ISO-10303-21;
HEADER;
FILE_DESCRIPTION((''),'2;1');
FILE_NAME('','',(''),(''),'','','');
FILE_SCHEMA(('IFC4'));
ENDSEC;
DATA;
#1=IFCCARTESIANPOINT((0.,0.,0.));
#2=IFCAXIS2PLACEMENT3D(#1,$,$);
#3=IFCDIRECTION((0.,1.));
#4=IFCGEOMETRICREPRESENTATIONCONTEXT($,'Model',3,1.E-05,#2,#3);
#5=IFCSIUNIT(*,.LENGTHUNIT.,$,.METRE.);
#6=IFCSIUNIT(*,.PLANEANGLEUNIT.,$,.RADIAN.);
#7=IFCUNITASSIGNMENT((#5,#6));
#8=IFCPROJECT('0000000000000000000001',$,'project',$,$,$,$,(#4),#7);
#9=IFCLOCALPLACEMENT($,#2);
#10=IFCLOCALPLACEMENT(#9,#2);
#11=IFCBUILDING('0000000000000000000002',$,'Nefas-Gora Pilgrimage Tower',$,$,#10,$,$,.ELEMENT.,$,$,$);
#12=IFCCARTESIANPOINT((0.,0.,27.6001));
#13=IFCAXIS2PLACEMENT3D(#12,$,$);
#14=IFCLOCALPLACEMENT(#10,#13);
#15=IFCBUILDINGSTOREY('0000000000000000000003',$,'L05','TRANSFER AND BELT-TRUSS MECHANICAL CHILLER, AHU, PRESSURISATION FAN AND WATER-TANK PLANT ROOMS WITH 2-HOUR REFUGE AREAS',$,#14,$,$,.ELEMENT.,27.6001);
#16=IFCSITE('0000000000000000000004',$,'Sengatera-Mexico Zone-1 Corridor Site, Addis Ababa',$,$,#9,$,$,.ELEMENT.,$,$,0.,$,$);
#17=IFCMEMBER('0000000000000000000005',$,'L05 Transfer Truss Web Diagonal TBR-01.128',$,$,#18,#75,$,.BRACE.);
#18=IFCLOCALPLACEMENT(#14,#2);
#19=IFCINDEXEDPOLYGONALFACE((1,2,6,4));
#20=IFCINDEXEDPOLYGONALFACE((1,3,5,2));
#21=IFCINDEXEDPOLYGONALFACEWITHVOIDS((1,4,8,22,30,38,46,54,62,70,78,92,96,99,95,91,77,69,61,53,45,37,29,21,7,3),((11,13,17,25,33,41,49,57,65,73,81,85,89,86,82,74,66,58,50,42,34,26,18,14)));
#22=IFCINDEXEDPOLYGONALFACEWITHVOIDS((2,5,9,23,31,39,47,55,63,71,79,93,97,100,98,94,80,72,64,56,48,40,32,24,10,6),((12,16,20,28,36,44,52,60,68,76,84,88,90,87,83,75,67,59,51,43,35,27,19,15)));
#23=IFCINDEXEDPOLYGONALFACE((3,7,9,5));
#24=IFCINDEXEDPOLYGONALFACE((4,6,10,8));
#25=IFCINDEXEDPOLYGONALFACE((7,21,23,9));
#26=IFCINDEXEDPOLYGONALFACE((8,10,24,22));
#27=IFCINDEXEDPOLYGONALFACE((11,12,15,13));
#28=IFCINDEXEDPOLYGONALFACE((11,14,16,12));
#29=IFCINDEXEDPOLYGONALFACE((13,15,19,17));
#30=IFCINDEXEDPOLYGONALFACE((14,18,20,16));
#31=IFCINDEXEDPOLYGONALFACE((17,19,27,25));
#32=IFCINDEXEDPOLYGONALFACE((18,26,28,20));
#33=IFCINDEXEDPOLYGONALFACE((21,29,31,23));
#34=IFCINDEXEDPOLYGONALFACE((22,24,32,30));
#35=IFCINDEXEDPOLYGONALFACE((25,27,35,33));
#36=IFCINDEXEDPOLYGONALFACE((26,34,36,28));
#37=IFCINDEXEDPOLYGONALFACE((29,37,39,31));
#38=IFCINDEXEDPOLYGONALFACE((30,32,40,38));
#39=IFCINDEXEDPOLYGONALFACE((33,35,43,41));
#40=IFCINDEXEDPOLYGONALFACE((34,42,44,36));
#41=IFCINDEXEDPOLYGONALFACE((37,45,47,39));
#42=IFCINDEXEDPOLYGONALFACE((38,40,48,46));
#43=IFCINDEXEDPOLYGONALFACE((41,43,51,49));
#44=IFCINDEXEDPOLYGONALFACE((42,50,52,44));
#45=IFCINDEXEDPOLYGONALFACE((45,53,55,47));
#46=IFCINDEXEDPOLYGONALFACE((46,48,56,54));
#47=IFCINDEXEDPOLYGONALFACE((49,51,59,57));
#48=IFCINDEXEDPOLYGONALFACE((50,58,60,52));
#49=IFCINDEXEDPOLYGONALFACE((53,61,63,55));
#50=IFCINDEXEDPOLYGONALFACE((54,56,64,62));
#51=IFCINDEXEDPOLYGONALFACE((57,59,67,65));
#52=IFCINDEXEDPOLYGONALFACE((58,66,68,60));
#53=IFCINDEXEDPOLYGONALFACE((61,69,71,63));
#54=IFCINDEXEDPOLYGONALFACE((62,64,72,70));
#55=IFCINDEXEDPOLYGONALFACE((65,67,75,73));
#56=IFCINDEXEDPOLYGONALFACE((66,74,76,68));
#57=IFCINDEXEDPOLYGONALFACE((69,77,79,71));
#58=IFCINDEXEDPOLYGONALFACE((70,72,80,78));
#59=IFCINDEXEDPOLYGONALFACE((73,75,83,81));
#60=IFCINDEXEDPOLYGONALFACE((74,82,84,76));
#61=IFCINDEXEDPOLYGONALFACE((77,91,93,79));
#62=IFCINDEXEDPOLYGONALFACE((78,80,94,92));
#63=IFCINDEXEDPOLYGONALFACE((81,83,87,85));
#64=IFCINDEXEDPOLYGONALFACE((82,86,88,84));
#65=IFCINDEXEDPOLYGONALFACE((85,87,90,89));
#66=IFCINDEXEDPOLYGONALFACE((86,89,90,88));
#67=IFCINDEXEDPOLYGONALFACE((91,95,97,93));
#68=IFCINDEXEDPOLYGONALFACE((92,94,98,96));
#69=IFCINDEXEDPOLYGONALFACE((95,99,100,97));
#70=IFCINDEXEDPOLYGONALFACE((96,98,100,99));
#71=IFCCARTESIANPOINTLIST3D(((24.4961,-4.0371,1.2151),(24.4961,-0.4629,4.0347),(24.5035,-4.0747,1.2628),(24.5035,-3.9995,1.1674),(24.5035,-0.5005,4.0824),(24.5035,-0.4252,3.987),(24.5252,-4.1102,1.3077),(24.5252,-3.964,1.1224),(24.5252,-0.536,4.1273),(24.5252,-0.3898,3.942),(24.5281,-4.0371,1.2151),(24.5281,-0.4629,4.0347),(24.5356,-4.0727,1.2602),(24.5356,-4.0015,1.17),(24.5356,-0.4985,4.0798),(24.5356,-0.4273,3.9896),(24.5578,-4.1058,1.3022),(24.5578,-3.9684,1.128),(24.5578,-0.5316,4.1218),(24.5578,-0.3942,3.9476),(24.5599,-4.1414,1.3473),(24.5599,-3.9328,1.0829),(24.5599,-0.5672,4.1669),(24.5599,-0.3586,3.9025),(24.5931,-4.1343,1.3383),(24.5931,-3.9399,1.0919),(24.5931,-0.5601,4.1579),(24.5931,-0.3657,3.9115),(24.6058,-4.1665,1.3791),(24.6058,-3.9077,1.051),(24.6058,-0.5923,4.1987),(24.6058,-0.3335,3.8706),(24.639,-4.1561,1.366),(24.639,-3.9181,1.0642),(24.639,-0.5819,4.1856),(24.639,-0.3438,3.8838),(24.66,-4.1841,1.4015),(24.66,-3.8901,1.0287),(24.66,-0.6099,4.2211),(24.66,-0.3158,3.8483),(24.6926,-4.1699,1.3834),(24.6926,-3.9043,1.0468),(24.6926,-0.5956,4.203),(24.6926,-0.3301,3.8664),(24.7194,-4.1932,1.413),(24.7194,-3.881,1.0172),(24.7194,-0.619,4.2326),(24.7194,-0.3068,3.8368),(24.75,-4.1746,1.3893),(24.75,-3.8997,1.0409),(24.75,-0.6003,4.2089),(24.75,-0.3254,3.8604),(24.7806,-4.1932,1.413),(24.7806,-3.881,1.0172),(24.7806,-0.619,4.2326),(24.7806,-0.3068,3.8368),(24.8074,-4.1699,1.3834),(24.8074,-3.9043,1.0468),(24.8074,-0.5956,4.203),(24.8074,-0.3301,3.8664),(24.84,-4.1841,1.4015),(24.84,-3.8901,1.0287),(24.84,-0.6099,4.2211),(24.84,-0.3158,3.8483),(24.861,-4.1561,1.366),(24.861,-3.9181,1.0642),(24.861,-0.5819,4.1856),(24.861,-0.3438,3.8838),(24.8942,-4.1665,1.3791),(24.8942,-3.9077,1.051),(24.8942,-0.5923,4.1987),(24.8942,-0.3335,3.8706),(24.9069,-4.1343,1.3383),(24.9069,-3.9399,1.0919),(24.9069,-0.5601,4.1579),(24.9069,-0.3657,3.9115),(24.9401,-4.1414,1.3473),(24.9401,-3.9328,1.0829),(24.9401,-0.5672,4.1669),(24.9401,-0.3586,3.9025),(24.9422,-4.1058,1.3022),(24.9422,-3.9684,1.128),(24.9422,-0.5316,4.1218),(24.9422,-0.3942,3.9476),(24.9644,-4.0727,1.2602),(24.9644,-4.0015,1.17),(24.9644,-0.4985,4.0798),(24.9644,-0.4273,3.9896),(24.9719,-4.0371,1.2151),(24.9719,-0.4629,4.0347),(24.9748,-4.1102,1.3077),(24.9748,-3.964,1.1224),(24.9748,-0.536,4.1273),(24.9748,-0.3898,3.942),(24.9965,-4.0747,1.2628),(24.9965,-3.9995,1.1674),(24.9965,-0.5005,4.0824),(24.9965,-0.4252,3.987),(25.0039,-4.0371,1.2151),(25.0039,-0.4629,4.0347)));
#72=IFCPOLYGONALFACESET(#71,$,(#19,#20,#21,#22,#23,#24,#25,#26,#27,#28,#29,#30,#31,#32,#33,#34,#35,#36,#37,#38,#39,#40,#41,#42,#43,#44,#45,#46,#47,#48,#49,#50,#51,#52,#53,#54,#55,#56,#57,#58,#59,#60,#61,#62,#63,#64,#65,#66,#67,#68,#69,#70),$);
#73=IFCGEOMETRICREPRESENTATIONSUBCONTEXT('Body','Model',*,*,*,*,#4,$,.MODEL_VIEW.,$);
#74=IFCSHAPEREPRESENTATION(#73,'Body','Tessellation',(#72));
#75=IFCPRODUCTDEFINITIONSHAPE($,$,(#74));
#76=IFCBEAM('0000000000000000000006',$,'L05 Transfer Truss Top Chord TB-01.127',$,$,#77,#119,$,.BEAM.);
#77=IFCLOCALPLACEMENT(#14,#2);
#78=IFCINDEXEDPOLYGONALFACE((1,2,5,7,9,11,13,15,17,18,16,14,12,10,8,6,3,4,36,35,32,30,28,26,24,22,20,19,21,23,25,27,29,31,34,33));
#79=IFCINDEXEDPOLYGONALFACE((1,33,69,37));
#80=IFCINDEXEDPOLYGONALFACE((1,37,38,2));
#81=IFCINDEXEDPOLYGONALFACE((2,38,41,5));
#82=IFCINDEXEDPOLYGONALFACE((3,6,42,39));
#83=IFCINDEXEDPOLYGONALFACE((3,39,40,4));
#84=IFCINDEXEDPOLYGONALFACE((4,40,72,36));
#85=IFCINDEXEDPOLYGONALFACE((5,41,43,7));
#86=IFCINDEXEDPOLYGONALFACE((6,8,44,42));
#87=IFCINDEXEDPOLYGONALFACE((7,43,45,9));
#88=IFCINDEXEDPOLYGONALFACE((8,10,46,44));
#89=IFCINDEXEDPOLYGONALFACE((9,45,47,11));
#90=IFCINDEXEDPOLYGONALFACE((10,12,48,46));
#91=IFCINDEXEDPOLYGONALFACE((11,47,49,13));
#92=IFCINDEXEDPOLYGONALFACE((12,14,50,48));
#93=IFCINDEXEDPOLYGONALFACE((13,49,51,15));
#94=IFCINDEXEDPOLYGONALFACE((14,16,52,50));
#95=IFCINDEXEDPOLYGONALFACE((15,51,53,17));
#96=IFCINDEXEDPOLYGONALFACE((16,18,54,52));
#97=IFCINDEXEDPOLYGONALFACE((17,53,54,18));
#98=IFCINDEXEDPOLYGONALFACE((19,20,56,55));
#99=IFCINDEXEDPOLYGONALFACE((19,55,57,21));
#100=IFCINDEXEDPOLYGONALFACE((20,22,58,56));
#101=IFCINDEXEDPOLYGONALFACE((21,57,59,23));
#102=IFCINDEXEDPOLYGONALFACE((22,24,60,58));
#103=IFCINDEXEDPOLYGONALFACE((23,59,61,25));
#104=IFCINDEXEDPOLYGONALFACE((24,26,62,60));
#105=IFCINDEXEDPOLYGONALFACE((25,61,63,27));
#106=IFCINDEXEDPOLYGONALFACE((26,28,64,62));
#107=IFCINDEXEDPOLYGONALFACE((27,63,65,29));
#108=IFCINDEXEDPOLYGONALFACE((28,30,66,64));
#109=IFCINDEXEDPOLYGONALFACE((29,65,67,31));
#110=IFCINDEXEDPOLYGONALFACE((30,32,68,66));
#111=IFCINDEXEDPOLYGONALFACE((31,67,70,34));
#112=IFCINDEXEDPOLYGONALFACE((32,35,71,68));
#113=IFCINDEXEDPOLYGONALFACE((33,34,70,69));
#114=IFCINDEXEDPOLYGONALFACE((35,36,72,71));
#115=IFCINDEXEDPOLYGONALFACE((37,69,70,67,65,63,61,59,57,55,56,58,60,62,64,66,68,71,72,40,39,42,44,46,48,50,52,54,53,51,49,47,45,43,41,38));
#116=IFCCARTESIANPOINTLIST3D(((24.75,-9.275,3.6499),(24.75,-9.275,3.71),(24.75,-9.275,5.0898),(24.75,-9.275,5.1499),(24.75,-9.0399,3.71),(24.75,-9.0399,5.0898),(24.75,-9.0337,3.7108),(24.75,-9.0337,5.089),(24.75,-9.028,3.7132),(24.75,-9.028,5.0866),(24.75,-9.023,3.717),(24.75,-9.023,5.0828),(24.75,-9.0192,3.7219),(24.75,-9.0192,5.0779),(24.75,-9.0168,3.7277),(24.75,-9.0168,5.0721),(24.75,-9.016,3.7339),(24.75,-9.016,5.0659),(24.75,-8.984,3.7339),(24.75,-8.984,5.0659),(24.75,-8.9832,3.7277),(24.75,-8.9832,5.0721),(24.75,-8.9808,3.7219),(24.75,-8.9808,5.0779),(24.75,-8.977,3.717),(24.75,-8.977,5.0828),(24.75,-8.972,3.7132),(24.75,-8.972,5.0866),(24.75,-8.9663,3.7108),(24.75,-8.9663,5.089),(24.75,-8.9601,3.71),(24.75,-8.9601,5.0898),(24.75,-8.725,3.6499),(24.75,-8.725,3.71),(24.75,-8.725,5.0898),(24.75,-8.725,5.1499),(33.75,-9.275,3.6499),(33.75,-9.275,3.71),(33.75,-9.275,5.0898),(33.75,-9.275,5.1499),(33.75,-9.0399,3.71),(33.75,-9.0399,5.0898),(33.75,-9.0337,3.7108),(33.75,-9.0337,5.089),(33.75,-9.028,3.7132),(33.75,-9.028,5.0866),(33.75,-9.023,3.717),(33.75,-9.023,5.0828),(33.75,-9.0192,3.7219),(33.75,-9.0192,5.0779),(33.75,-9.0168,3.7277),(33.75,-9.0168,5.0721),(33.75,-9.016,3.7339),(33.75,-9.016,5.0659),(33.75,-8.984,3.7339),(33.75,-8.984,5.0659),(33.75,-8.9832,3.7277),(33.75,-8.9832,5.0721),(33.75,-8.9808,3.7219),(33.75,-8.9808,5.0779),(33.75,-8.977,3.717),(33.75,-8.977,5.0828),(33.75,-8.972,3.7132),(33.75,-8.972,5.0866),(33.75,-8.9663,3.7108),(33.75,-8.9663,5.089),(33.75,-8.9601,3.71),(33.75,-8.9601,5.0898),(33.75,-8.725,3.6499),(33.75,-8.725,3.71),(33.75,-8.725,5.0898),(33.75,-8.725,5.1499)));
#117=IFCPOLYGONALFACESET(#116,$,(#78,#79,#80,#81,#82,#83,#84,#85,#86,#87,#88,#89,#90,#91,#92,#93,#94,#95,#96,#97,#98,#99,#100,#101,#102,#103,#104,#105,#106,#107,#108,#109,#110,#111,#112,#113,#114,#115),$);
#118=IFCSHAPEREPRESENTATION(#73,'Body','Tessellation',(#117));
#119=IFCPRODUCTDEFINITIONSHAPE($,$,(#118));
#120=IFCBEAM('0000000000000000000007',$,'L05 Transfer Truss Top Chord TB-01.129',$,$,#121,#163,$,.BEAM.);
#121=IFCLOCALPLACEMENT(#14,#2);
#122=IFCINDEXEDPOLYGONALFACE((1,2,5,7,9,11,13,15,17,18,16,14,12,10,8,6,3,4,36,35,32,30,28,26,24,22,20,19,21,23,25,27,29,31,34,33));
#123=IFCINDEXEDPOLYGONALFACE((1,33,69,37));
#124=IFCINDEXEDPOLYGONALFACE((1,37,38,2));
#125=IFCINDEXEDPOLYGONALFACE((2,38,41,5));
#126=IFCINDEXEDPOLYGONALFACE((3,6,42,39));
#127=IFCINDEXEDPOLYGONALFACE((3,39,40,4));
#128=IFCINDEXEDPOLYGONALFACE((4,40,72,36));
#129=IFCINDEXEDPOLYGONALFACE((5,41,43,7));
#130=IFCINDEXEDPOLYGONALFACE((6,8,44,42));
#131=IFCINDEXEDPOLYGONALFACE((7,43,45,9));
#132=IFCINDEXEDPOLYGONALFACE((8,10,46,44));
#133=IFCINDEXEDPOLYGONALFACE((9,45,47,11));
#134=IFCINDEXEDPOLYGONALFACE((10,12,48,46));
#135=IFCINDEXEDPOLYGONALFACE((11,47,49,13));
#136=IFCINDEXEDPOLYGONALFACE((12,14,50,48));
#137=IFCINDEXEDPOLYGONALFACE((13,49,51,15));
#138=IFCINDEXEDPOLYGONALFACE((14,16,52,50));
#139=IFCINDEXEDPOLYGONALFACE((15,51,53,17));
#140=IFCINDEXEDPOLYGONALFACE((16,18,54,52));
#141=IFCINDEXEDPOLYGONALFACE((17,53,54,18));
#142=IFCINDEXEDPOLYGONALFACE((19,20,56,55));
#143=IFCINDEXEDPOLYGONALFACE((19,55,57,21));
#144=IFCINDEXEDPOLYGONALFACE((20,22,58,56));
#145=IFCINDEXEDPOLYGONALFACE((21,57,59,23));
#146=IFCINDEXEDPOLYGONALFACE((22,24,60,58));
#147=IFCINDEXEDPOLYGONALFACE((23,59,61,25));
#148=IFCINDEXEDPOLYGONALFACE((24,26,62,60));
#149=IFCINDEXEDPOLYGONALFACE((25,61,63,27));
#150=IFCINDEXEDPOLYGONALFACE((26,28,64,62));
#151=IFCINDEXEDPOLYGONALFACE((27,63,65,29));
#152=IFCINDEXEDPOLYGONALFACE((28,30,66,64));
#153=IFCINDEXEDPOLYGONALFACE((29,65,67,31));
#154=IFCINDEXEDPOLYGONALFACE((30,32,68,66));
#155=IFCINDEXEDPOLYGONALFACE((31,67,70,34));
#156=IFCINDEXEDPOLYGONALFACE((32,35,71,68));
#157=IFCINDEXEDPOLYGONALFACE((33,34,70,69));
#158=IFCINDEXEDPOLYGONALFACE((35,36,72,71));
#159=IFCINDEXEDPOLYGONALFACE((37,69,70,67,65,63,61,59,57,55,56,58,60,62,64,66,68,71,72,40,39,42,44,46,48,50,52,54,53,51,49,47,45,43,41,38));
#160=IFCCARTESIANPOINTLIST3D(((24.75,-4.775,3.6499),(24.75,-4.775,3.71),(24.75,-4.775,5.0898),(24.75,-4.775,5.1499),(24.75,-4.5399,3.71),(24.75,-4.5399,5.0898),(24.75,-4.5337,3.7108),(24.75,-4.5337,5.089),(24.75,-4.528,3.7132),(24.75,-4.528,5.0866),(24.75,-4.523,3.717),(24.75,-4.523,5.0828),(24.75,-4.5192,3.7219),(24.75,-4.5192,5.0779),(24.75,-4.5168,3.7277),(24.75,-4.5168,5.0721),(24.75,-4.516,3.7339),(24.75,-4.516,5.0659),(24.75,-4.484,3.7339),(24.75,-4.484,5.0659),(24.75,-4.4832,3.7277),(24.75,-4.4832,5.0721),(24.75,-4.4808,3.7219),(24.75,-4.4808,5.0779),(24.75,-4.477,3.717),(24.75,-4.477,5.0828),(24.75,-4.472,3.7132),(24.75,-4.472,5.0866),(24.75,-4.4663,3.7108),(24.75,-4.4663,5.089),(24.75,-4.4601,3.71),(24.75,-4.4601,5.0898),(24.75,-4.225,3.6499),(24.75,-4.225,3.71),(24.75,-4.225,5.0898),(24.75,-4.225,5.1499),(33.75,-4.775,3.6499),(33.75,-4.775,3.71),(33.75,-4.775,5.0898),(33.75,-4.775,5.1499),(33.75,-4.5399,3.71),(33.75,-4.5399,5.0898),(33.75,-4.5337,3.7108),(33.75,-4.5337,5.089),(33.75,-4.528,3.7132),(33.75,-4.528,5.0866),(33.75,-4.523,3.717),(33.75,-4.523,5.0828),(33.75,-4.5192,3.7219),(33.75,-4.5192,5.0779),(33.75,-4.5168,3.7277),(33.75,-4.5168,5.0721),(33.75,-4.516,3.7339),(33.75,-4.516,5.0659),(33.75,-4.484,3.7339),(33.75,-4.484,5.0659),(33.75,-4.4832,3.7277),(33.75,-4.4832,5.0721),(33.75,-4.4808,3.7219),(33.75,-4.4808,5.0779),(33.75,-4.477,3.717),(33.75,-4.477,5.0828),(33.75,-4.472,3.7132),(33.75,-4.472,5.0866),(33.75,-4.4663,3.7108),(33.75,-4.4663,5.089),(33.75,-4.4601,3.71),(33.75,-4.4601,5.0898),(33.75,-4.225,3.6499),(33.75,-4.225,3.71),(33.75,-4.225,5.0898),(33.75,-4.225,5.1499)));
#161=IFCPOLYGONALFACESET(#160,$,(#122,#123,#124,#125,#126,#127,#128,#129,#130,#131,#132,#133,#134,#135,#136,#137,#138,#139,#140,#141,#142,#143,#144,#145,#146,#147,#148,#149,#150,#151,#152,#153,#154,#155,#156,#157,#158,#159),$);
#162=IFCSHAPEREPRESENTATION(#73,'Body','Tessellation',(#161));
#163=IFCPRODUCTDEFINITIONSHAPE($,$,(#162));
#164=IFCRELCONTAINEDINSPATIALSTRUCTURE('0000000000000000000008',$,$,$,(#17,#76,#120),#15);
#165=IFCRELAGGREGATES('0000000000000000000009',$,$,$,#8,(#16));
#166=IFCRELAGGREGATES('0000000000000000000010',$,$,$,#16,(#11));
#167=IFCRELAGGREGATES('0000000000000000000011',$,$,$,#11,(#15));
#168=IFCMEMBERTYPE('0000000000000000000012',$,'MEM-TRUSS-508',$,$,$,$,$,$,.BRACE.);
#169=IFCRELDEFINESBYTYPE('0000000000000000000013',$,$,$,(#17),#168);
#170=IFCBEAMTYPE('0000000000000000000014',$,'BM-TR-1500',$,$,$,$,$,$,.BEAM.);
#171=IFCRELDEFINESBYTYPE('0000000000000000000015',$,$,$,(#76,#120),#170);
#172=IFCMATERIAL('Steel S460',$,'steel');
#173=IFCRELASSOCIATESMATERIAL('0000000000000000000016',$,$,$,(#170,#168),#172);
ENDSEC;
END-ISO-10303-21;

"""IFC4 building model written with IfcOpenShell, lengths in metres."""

from ifc_helpers import new_model, si_unit, direction, frame, origin, origin_2d, place, context, subcontext, project, spatial, hollow_circle, i_section, extrude, source, transform, mapped, material, material_profile, profile_set, type_object, element, save


model = new_model("IFC4")

# Units and contexts
model_context = context("Model", 3, precision=1e-05, world=origin(), true_north=direction((0.0, 1.0)))
body_context = subcontext(model_context, "Body", "Model", "MODEL_VIEW")
ifc_project = project(units=[si_unit("LENGTHUNIT", "METRE"), si_unit("PLANEANGLEUNIT", "RADIAN")], contexts=[model_context])

# Site, building, storey
site_placement = place(None, origin())
site = spatial("IfcSite", under=ifc_project, at=site_placement, Name="Sengatera-Mexico Zone-1 Corridor Site, Addis Ababa", CompositionType="ELEMENT", RefElevation=0.0)
building_placement = place(site_placement, origin())
building = spatial("IfcBuilding", under=site, at=building_placement, Name="Nefas-Gora Pilgrimage Tower", CompositionType="ELEMENT")
storey_placement = place(building_placement, frame((0.0, 0.0, 27.6001)))
storey = spatial("IfcBuildingStorey", under=building, at=storey_placement, Name="L05", Description="TRANSFER AND BELT-TRUSS MECHANICAL CHILLER, AHU, PRESSURISATION FAN AND WATER-TANK PLANT ROOMS WITH 2-HOUR REFUGE AREAS", CompositionType="ELEMENT", Elevation=27.6001)

# Shared definitions
ifc_material_1 = material(Name="Steel S460", Category="steel")

# Shared definitions
ifc_material_profile_1 = material_profile(ifc_material_1, i_section(OverallWidth=0.55, OverallDepth=1.5, WebThickness=0.032, FlangeThickness=0.0601, FilletRadius=0.0239, at=origin_2d()), Name="WPG 1500x550x32x60")
ifc_profile_set_1 = profile_set([ifc_material_profile_1], Name="Steel S460")
beam_type_1 = type_object("IfcBeamType", Name="BM-TR-1500", PredefinedType="BEAM", material=ifc_profile_set_1)

# Member
ifc_material_profile_2 = material_profile(ifc_material_1, hollow_circle(Radius=0.2539, WallThickness=0.032, at=origin_2d()), Name="CHS 508x32")
ifc_profile_set_2 = profile_set([ifc_material_profile_2], Name="Steel S460")
member_type = type_object("IfcMemberType", Name="MEM-TRUSS-508", PredefinedType="BRACE", material=ifc_profile_set_2)
shared_shape_1 = source(origin(), body_context, "Body", "SweptSolid", [
    extrude(hollow_circle(Radius=0.2539, WallThickness=0.032, at=origin_2d()), origin(), (0.0, 0.0, 1.0), 4.5525),
])
member_1_placement = place(storey_placement, frame((24.75, -4.0371, 1.2151), z_axis=(0.0, 0.785115, 0.61935), x_axis=(-1.0, 0.0, 0.0)))
element("IfcMember", 1, at=member_1_placement, inside=storey, type_object=member_type, Name="L05 Transfer Truss Web Diagonal TBR-01.128", PredefinedType="BRACE", context=body_context, shape_type="MappedRepresentation", body=[
    mapped(shared_shape_1, transform((0.0, 0.0, 0.0), x_axis=(1.0, 0.0, 0.0), y_axis=(0.0, 1.0, 0.0), z_axis=(0.0, 0.0, 1.0), scale=1.0)),
])

# Beams
shared_shape_2 = source(origin(), body_context, "Body", "SweptSolid", [
    extrude(i_section(OverallWidth=0.55, OverallDepth=1.5, WebThickness=0.032, FlangeThickness=0.0601, FilletRadius=0.0239, at=origin_2d()), origin(), (0.0, 0.0, 1.0), 9.0),
])
for number, where, z_axis, x_axis, name in (
    (2, (24.75, -9.0, 4.3999), (1.0, 0.0, 0.0), (0.0, 1.0, 0.0), "L05 Transfer Truss Top Chord TB-01.127"),
    (3, (24.75, -4.5, 4.3999), (1.0, 0.0, 0.0), (0.0, 1.0, 0.0), "L05 Transfer Truss Top Chord TB-01.129"),
):
    element("IfcBeam", number, at=place(storey_placement, frame(where, z_axis=z_axis, x_axis=x_axis)), inside=storey, type_object=beam_type_1, Name=name, PredefinedType="BEAM", context=body_context, shape_type="MappedRepresentation", body=[
        mapped(shared_shape_2, transform((0.0, 0.0, 0.0), x_axis=(1.0, 0.0, 0.0), y_axis=(0.0, 1.0, 0.0), z_axis=(0.0, 0.0, 1.0), scale=1.0)),
    ])

save(model, "model.ifc")
